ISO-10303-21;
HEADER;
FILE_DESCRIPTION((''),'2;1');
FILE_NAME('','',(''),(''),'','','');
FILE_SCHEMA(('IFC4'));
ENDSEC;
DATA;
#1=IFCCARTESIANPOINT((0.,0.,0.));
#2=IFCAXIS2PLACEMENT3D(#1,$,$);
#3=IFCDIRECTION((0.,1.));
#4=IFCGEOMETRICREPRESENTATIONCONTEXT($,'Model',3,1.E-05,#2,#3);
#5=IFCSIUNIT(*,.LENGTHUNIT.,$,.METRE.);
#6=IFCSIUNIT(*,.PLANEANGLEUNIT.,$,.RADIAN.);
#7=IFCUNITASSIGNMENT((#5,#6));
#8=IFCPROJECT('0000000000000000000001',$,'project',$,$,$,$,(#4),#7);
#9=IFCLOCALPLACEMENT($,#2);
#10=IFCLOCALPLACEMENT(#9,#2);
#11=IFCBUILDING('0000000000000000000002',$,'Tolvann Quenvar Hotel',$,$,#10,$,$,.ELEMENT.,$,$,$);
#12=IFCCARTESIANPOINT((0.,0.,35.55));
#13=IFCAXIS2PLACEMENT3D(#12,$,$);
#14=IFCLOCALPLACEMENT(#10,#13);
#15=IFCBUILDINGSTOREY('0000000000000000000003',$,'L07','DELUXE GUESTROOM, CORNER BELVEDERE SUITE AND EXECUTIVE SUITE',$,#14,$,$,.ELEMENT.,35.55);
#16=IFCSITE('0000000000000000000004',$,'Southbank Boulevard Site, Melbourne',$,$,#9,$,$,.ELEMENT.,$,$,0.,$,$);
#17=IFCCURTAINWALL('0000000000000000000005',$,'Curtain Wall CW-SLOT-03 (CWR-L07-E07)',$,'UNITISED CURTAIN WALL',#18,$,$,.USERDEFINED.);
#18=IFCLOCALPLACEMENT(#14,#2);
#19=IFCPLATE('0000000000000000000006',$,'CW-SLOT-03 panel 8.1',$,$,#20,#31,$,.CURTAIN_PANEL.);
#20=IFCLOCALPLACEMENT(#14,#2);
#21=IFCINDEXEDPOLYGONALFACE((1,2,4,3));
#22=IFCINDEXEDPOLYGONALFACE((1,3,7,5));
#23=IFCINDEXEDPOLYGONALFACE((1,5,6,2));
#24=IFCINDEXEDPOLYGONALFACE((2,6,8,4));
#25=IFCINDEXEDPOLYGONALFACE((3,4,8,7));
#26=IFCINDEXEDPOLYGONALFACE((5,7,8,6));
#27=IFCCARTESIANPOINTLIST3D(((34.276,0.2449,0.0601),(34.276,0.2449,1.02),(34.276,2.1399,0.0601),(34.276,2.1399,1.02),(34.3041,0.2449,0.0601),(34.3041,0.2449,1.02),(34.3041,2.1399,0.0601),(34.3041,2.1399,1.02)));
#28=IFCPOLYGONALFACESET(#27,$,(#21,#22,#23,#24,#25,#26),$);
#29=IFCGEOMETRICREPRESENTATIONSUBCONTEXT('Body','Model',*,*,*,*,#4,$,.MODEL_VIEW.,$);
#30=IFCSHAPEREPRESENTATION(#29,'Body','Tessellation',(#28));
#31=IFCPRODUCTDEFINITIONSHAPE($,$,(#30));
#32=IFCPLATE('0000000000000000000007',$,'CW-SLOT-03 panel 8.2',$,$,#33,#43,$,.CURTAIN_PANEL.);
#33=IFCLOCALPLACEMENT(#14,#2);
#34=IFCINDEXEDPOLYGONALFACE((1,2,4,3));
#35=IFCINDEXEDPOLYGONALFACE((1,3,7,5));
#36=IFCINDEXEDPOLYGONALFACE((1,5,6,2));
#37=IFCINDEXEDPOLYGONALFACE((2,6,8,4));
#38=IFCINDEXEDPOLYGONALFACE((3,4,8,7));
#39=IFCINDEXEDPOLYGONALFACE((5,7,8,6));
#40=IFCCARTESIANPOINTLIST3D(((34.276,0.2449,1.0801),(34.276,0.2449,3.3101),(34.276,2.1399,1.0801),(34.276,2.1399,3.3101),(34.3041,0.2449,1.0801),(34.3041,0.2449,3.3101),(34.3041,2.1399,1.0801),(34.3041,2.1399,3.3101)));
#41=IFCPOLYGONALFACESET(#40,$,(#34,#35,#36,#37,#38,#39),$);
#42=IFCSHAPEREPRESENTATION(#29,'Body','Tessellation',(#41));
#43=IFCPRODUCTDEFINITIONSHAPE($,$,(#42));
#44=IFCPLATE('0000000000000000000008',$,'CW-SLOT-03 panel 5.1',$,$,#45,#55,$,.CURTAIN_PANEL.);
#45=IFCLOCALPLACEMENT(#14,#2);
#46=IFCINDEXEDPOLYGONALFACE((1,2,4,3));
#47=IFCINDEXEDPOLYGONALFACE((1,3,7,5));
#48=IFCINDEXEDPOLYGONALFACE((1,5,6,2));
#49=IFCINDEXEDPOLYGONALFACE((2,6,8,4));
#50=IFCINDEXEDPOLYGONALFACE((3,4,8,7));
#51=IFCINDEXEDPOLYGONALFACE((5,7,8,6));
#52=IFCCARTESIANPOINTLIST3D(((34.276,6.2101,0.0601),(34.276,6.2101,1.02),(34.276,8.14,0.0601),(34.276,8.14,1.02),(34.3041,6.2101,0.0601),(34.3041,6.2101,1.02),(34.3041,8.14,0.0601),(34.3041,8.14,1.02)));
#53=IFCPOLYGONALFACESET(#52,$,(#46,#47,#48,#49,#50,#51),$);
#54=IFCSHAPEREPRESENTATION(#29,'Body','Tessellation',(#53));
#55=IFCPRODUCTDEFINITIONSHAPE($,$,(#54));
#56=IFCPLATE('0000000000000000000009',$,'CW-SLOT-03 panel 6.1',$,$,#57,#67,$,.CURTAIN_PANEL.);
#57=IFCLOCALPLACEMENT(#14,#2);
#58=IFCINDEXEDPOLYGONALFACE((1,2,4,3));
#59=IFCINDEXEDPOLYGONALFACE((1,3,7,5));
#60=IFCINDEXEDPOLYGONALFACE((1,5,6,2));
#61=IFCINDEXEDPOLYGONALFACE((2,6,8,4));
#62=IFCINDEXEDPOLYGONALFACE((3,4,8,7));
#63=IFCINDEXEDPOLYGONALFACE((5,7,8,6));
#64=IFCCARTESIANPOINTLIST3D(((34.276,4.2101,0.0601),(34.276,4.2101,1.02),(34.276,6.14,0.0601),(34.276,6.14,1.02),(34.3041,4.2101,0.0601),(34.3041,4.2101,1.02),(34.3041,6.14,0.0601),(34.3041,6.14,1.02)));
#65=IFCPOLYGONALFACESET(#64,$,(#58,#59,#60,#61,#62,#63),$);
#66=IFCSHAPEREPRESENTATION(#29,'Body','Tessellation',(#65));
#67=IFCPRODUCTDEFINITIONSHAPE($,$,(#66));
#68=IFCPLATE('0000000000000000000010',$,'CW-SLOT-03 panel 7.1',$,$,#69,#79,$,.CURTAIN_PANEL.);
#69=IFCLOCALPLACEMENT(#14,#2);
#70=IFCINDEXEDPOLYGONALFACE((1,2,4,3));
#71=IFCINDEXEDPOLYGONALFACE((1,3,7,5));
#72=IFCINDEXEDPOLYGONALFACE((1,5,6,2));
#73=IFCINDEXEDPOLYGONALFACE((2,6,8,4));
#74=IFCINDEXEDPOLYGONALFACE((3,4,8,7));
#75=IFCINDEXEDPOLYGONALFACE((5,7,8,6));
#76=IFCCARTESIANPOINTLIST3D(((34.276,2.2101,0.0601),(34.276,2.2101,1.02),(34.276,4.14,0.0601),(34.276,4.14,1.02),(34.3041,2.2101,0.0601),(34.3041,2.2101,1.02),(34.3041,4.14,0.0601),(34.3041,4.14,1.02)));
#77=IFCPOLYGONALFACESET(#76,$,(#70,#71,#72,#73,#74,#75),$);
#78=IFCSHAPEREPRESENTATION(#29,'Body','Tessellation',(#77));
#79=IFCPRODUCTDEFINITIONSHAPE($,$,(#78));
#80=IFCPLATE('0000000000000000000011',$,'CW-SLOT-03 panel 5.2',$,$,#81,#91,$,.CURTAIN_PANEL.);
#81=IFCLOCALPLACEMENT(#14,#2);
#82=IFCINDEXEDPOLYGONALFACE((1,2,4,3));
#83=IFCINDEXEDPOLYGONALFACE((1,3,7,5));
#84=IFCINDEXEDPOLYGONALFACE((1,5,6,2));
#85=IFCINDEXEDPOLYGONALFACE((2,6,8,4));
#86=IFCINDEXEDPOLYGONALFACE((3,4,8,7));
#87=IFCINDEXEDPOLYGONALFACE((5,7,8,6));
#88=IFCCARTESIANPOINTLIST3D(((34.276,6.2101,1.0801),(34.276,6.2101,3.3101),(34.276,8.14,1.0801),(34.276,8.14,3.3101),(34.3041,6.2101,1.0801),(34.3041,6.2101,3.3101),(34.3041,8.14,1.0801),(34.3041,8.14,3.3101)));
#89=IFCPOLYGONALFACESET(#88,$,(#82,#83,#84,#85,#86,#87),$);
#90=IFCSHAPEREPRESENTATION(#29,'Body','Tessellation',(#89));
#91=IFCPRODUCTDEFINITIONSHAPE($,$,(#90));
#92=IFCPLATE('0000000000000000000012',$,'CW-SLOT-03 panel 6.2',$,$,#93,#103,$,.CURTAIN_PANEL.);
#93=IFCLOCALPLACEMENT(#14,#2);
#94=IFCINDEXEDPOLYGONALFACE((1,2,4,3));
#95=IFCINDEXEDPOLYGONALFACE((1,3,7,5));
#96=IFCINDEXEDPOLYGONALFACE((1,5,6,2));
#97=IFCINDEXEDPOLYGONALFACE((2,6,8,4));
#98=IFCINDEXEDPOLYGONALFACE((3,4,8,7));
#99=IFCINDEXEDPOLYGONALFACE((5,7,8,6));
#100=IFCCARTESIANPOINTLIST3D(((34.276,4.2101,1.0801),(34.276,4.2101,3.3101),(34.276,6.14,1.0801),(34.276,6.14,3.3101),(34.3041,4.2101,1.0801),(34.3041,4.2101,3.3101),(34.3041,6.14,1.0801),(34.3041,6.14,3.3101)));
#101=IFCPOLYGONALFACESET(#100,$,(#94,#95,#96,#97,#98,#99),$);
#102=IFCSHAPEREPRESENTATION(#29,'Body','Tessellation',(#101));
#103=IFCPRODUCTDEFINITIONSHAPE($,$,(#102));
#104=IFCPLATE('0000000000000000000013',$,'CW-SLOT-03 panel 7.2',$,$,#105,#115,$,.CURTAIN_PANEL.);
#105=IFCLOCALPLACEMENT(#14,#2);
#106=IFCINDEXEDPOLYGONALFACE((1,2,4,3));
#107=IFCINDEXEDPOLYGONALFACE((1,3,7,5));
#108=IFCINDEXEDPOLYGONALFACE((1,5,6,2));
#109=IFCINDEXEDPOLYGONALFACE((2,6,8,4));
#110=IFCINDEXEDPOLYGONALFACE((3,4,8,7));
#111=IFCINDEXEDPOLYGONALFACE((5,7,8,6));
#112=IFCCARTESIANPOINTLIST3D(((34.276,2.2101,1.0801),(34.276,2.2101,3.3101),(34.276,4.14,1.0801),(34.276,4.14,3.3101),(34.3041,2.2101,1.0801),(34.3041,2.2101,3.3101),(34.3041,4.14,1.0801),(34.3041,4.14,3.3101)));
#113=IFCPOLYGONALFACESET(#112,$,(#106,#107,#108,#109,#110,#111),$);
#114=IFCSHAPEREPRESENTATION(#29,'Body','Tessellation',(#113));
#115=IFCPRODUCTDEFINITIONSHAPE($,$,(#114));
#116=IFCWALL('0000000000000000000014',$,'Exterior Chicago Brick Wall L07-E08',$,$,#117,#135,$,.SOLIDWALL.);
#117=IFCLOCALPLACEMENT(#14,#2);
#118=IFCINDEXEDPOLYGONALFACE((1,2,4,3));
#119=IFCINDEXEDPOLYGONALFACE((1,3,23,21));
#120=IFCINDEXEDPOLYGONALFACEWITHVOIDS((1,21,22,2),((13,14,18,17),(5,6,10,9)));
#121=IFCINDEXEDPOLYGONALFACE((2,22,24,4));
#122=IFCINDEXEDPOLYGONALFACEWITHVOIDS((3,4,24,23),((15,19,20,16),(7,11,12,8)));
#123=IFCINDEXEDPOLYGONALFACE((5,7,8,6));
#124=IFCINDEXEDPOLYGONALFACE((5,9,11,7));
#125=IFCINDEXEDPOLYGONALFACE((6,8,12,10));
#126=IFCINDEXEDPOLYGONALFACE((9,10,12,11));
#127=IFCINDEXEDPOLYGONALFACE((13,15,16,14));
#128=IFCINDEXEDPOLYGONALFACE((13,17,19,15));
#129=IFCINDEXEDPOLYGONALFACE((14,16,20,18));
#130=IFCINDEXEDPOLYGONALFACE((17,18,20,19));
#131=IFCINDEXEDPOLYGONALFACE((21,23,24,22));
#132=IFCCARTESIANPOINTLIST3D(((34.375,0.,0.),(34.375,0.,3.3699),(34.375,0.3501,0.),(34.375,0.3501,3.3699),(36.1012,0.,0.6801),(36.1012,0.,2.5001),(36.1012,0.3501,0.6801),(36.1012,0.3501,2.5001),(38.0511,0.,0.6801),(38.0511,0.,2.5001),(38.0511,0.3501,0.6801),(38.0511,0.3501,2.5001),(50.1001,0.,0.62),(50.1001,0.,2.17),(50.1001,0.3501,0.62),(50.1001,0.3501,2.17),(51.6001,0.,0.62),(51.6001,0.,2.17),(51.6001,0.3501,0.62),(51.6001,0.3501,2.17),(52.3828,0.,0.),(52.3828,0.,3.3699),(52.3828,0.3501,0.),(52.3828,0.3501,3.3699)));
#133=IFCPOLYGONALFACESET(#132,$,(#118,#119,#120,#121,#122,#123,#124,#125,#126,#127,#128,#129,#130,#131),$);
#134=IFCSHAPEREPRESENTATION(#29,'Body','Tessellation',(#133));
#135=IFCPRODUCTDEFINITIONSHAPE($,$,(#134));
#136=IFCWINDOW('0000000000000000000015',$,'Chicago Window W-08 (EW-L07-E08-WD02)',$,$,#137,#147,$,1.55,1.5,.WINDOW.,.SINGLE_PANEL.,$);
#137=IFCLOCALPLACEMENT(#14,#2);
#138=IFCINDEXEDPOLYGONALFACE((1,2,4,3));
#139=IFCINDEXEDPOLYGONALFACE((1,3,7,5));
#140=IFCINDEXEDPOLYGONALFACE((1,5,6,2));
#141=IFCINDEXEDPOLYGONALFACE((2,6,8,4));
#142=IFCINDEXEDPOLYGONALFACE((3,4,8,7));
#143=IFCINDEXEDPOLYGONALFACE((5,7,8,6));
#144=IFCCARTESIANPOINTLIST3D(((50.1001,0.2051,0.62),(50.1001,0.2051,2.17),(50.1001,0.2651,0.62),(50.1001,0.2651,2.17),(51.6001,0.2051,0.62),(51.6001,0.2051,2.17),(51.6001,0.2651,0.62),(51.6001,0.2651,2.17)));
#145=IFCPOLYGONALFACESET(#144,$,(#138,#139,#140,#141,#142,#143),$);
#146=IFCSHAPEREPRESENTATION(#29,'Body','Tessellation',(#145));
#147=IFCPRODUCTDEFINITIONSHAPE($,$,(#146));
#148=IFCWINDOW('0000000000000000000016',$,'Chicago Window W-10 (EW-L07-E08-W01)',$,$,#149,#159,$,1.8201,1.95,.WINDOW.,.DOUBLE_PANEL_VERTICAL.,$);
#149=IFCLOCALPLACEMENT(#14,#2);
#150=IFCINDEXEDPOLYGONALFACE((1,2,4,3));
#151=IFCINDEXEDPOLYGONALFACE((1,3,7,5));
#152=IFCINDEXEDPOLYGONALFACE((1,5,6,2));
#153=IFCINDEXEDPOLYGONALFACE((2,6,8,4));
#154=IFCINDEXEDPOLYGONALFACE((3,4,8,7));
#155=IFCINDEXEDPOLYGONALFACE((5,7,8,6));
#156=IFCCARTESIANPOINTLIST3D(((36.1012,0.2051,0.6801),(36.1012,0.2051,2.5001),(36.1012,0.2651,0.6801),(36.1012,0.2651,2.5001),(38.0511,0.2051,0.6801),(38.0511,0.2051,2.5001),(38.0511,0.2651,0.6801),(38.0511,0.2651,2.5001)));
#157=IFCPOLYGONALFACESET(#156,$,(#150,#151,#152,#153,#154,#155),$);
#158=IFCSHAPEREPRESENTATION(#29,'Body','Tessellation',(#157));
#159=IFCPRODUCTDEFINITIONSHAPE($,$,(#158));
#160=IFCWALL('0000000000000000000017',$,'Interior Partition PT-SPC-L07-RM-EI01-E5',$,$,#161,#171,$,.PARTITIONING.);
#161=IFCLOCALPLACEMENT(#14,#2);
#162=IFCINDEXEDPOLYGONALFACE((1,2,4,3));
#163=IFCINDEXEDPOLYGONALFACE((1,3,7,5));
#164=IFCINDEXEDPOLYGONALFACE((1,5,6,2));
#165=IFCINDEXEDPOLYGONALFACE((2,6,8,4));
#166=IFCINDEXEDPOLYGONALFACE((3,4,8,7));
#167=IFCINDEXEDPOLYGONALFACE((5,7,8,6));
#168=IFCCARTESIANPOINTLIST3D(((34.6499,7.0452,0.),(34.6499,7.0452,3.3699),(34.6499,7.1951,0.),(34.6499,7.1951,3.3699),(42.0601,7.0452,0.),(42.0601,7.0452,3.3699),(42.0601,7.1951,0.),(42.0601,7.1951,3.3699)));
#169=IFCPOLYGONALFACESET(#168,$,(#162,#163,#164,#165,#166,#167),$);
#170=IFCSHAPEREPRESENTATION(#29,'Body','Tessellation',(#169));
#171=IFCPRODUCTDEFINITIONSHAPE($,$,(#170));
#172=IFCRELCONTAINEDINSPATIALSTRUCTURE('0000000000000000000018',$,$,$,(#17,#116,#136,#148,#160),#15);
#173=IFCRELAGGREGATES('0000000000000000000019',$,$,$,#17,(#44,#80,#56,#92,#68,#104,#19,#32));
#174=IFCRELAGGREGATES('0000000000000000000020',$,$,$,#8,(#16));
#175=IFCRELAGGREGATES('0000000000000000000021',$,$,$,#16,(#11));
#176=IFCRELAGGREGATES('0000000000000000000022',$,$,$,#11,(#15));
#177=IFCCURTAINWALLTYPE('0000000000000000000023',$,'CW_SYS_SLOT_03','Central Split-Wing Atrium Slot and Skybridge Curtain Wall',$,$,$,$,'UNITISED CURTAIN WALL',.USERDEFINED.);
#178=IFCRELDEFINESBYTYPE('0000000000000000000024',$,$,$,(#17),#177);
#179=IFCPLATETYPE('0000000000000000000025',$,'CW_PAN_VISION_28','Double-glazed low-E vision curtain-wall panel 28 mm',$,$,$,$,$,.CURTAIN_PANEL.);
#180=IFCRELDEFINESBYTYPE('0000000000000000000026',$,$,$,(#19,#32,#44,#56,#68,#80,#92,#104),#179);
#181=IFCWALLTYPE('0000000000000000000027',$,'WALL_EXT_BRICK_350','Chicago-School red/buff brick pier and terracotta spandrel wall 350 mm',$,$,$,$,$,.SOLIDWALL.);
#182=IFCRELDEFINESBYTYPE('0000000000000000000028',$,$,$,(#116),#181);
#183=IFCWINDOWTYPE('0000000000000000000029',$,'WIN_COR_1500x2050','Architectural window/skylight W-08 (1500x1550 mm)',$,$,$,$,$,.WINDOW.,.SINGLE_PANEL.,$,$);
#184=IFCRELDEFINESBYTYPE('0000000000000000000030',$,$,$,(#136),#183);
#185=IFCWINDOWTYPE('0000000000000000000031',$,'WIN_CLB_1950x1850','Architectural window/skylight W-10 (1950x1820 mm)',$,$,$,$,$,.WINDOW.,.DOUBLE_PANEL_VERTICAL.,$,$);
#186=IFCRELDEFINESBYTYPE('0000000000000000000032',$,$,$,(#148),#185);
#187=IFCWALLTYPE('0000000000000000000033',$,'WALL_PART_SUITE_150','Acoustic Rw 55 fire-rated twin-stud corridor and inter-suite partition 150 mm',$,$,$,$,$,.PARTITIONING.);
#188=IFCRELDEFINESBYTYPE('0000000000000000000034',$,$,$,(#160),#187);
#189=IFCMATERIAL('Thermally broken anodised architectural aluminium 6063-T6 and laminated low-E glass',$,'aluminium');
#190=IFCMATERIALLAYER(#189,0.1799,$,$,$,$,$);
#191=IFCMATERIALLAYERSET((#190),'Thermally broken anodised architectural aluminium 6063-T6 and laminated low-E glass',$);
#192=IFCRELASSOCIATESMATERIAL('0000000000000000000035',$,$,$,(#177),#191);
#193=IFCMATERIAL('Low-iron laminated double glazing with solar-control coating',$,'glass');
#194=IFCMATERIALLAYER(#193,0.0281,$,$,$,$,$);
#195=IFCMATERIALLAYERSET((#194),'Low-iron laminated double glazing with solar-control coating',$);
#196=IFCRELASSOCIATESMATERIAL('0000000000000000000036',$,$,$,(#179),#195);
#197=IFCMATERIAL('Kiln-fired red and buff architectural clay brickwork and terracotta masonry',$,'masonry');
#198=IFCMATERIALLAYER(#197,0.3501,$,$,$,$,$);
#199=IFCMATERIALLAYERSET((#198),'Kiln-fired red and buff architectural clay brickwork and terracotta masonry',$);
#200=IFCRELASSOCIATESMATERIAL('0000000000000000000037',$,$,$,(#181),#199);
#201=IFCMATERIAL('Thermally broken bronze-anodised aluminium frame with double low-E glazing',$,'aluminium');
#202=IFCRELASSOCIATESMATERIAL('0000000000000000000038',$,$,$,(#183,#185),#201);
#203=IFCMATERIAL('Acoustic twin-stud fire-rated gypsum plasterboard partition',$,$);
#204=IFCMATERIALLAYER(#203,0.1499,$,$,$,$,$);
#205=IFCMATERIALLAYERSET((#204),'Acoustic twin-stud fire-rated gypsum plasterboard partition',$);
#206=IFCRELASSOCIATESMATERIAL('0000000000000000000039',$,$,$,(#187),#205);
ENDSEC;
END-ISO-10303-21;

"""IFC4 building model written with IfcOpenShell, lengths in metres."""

from ifc_helpers import new_model, si_unit, direction, frame, frame_2d, origin, origin_2d, place, context, subcontext, project, spatial, rectangle, extrude, source, transform, mapped, material, layer, layer_set, type_object, type_shapes, element, fill, aggregate, save


model = new_model("IFC4")

# Units and contexts
model_context = context("Model", 3, precision=1e-05, world=origin(), true_north=direction((0.0, 1.0)))
body_context = subcontext(model_context, "Body", "Model", "MODEL_VIEW")
ifc_project = project(units=[si_unit("LENGTHUNIT", "METRE"), si_unit("PLANEANGLEUNIT", "RADIAN")], contexts=[model_context])

# Site, building, storey
site_placement = place(None, origin())
site = spatial("IfcSite", under=ifc_project, at=site_placement, Name="Southbank Boulevard Site, Melbourne", CompositionType="ELEMENT", RefElevation=0.0)
building_placement = place(site_placement, origin())
building = spatial("IfcBuilding", under=site, at=building_placement, Name="Tolvann Quenvar Hotel", CompositionType="ELEMENT")
storey_placement = place(building_placement, frame((0.0, 0.0, 35.55)))
storey = spatial("IfcBuildingStorey", under=building, at=storey_placement, Name="L07", Description="DELUXE GUESTROOM, CORNER BELVEDERE SUITE AND EXECUTIVE SUITE", CompositionType="ELEMENT", Elevation=35.55)

# Curtain wall, plates
ifc_material_1 = material(Name="Thermally broken anodised architectural aluminium 6063-T6 and laminated low-E glass", Category="aluminium")
ifc_layer_1 = layer(ifc_material_1, 0.1799)
ifc_layer_set_1 = layer_set([ifc_layer_1], Name="Thermally broken anodised architectural aluminium 6063-T6 and laminated low-E glass")
curtain_wall_type = type_object("IfcCurtainWallType", Name="CW_SYS_SLOT_03", Description="Central Split-Wing Atrium Slot and Skybridge Curtain Wall", ElementType="UNITISED CURTAIN WALL", PredefinedType="USERDEFINED", material=ifc_layer_set_1)
curtain_wall_placement = place(storey_placement, origin())
curtain_wall = element("IfcCurtainWall", 1, at=curtain_wall_placement, inside=storey, type_object=curtain_wall_type, Name="Curtain Wall CW-SLOT-03 (CWR-L07-E07)", ObjectType="UNITISED CURTAIN WALL", PredefinedType="USERDEFINED")
ifc_material_2 = material(Name="Low-iron laminated double glazing with solar-control coating", Category="glass")
ifc_layer_2 = layer(ifc_material_2, 0.0281)
ifc_layer_set_2 = layer_set([ifc_layer_2], Name="Low-iron laminated double glazing with solar-control coating")
plate_type = type_object("IfcPlateType", Name="CW_PAN_VISION_28", Description="Double-glazed low-E vision curtain-wall panel 28 mm", PredefinedType="CURTAIN_PANEL", material=ifc_layer_set_2)
shared_shape_1 = source(origin(), body_context, "Body", "SweptSolid", [
    extrude(rectangle(XDim=1.895, YDim=0.0281, at=origin_2d()), origin(), (0.0, 0.0, 1.0), 0.96),
])
plate_1_placement = place(storey_placement, frame((34.29, 1.1924, 0.0601), z_axis=(0.0, 0.0, 1.0), x_axis=(0.0, -1.0, 0.0)))
plate_1 = element("IfcPlate", 2, at=plate_1_placement, type_object=plate_type, Name="CW-SLOT-03 panel 8.1", PredefinedType="CURTAIN_PANEL", context=body_context, shape_type="MappedRepresentation", body=[
    mapped(shared_shape_1, transform((0.0, 0.0, 0.0), x_axis=(1.0, 0.0, 0.0), y_axis=(0.0, 1.0, 0.0), z_axis=(0.0, 0.0, 1.0), scale=1.0)),
])
shared_shape_2 = source(origin(), body_context, "Body", "SweptSolid", [
    extrude(rectangle(XDim=1.895, YDim=0.0281, at=origin_2d()), origin(), (0.0, 0.0, 1.0), 2.23),
])
plate_2_placement = place(storey_placement, frame((34.29, 1.1924, 1.0801), z_axis=(0.0, 0.0, 1.0), x_axis=(0.0, -1.0, 0.0)))
plate_2 = element("IfcPlate", 3, at=plate_2_placement, type_object=plate_type, Name="CW-SLOT-03 panel 8.2", PredefinedType="CURTAIN_PANEL", context=body_context, shape_type="MappedRepresentation", body=[
    mapped(shared_shape_2, transform((0.0, 0.0, 0.0), x_axis=(1.0, 0.0, 0.0), y_axis=(0.0, 1.0, 0.0), z_axis=(0.0, 0.0, 1.0), scale=1.0)),
])
shared_shape_3 = source(origin(), body_context, "Body", "SweptSolid", [
    extrude(rectangle(XDim=1.9299, YDim=0.0281, at=origin_2d()), origin(), (0.0, 0.0, 1.0), 0.96),
])
plate_3_placement = place(storey_placement, frame((34.29, 7.175, 0.0601), z_axis=(0.0, 0.0, 1.0), x_axis=(0.0, -1.0, 0.0)))
plate_3 = element("IfcPlate", 4, at=plate_3_placement, type_object=plate_type, Name="CW-SLOT-03 panel 5.1", PredefinedType="CURTAIN_PANEL", context=body_context, shape_type="MappedRepresentation", body=[
    mapped(shared_shape_3, transform((0.0, 0.0, 0.0), x_axis=(1.0, 0.0, 0.0), y_axis=(0.0, 1.0, 0.0), z_axis=(0.0, 0.0, 1.0), scale=1.0)),
])
plate_4_placement = place(storey_placement, frame((34.29, 5.175, 0.0601), z_axis=(0.0, 0.0, 1.0), x_axis=(0.0, -1.0, 0.0)))
plate_4 = element("IfcPlate", 5, at=plate_4_placement, type_object=plate_type, Name="CW-SLOT-03 panel 6.1", PredefinedType="CURTAIN_PANEL", context=body_context, shape_type="MappedRepresentation", body=[
    mapped(shared_shape_3, transform((0.0, 0.0, 0.0), x_axis=(1.0, 0.0, 0.0), y_axis=(0.0, 1.0, 0.0), z_axis=(0.0, 0.0, 1.0), scale=1.0)),
])
plate_5_placement = place(storey_placement, frame((34.29, 3.175, 0.0601), z_axis=(0.0, 0.0, 1.0), x_axis=(0.0, -1.0, 0.0)))
plate_5 = element("IfcPlate", 6, at=plate_5_placement, type_object=plate_type, Name="CW-SLOT-03 panel 7.1", PredefinedType="CURTAIN_PANEL", context=body_context, shape_type="MappedRepresentation", body=[
    mapped(shared_shape_3, transform((0.0, 0.0, 0.0), x_axis=(1.0, 0.0, 0.0), y_axis=(0.0, 1.0, 0.0), z_axis=(0.0, 0.0, 1.0), scale=1.0)),
])
shared_shape_4 = source(origin(), body_context, "Body", "SweptSolid", [
    extrude(rectangle(XDim=1.9299, YDim=0.0281, at=origin_2d()), origin(), (0.0, 0.0, 1.0), 2.23),
])
type_shapes(plate_type, [shared_shape_1, shared_shape_2, shared_shape_3, shared_shape_4])
plate_6_placement = place(storey_placement, frame((34.29, 7.175, 1.0801), z_axis=(0.0, 0.0, 1.0), x_axis=(0.0, -1.0, 0.0)))
plate_6 = element("IfcPlate", 7, at=plate_6_placement, type_object=plate_type, Name="CW-SLOT-03 panel 5.2", PredefinedType="CURTAIN_PANEL", context=body_context, shape_type="MappedRepresentation", body=[
    mapped(shared_shape_4, transform((0.0, 0.0, 0.0), x_axis=(1.0, 0.0, 0.0), y_axis=(0.0, 1.0, 0.0), z_axis=(0.0, 0.0, 1.0), scale=1.0)),
])
plate_7_placement = place(storey_placement, frame((34.29, 5.175, 1.0801), z_axis=(0.0, 0.0, 1.0), x_axis=(0.0, -1.0, 0.0)))
plate_7 = element("IfcPlate", 8, at=plate_7_placement, type_object=plate_type, Name="CW-SLOT-03 panel 6.2", PredefinedType="CURTAIN_PANEL", context=body_context, shape_type="MappedRepresentation", body=[
    mapped(shared_shape_4, transform((0.0, 0.0, 0.0), x_axis=(1.0, 0.0, 0.0), y_axis=(0.0, 1.0, 0.0), z_axis=(0.0, 0.0, 1.0), scale=1.0)),
])
plate_8_placement = place(storey_placement, frame((34.29, 3.175, 1.0801), z_axis=(0.0, 0.0, 1.0), x_axis=(0.0, -1.0, 0.0)))
plate_8 = element("IfcPlate", 9, at=plate_8_placement, type_object=plate_type, Name="CW-SLOT-03 panel 7.2", PredefinedType="CURTAIN_PANEL", context=body_context, shape_type="MappedRepresentation", body=[
    mapped(shared_shape_4, transform((0.0, 0.0, 0.0), x_axis=(1.0, 0.0, 0.0), y_axis=(0.0, 1.0, 0.0), z_axis=(0.0, 0.0, 1.0), scale=1.0)),
])
aggregate(curtain_wall, [plate_3, plate_6, plate_4, plate_7, plate_5, plate_8, plate_1, plate_2])

# Wall, openings, windows
ifc_material_3 = material(Name="Kiln-fired red and buff architectural clay brickwork and terracotta masonry", Category="masonry")
ifc_layer_3 = layer(ifc_material_3, 0.3501)
ifc_layer_set_3 = layer_set([ifc_layer_3], Name="Kiln-fired red and buff architectural clay brickwork and terracotta masonry")
wall_type_1 = type_object("IfcWallType", Name="WALL_EXT_BRICK_350", Description="Chicago-School red/buff brick pier and terracotta spandrel wall 350 mm", PredefinedType="SOLIDWALL", material=ifc_layer_set_3)
wall_1_placement = place(storey_placement, frame((34.375, 0.175, 0.0), z_axis=(0.0, 0.0, 1.0), x_axis=(1.0, 0.0, 0.0)))
wall_1 = element("IfcWall", 10, at=wall_1_placement, inside=storey, type_object=wall_type_1, Name="Exterior Chicago Brick Wall L07-E08", PredefinedType="SOLIDWALL", context=body_context, shape_type="SweptSolid", body=[
    extrude(rectangle(XDim=18.0078, YDim=0.3501, at=frame_2d((9.0039, 0.0))), origin(), (0.0, 0.0, 1.0), 3.3699),
])
opening_1_placement = place(wall_1_placement, frame((1.7261, 0.0, 0.6799)))
opening_1 = element("IfcOpeningElement", 11, at=opening_1_placement, cuts=wall_1, PredefinedType="OPENING", context=body_context, shape_type="SweptSolid", body=[
    extrude(rectangle(XDim=1.95, YDim=1.8201, at=frame_2d((0.9751, 0.9102))), frame((0.0, 0.1851, 0.0), z_axis=(0.0, -1.0, 0.0), x_axis=(1.0, 0.0, 0.0)), (0.0, 0.0, 1.0), 0.3701),
])
opening_2_placement = place(wall_1_placement, frame((15.7251, 0.0, 0.6201)))
opening_2 = element("IfcOpeningElement", 12, at=opening_2_placement, cuts=wall_1, PredefinedType="OPENING", context=body_context, shape_type="SweptSolid", body=[
    extrude(rectangle(XDim=1.5, YDim=1.55, at=frame_2d((0.75, 0.7749))), frame((0.0, 0.1851, 0.0), z_axis=(0.0, -1.0, 0.0), x_axis=(1.0, 0.0, 0.0)), (0.0, 0.0, 1.0), 0.3701),
])
ifc_material_4 = material(Name="Thermally broken bronze-anodised aluminium frame with double low-E glazing", Category="aluminium")
window_type_1 = type_object("IfcWindowType", Name="WIN_COR_1500x2050", Description="Architectural window/skylight W-08 (1500x1550 mm)", PartitioningType="SINGLE_PANEL", PredefinedType="WINDOW", material=ifc_material_4)
shared_shape_5 = source(origin(), body_context, "Body", "SweptSolid", [
    extrude(rectangle(XDim=1.5, YDim=1.55, at=frame_2d((0.75, 0.7749))), frame((0.0, 0.0901, 0.0), z_axis=(0.0, -1.0, 0.0), x_axis=(1.0, 0.0, 0.0)), (0.0, 0.0, 1.0), 0.0601),
])
type_shapes(window_type_1, [shared_shape_5])
window_1_placement = place(opening_2_placement, origin())
window_1 = element("IfcWindow", 13, at=window_1_placement, inside=storey, type_object=window_type_1, Name="Chicago Window W-08 (EW-L07-E08-WD02)", OverallHeight=1.55, OverallWidth=1.5, PartitioningType="SINGLE_PANEL", PredefinedType="WINDOW", context=body_context, shape_type="MappedRepresentation", body=[
    mapped(shared_shape_5, transform((0.0, 0.0, 0.0), x_axis=(1.0, 0.0, 0.0), y_axis=(0.0, 1.0, 0.0), z_axis=(0.0, 0.0, 1.0), scale=1.0)),
])
fill(opening_2, window_1)
window_type_2 = type_object("IfcWindowType", Name="WIN_CLB_1950x1850", Description="Architectural window/skylight W-10 (1950x1820 mm)", PartitioningType="DOUBLE_PANEL_VERTICAL", PredefinedType="WINDOW", material=ifc_material_4)
shared_shape_6 = source(origin(), body_context, "Body", "SweptSolid", [
    extrude(rectangle(XDim=1.95, YDim=1.8201, at=frame_2d((0.9751, 0.9102))), frame((0.0, 0.0901, 0.0), z_axis=(0.0, -1.0, 0.0), x_axis=(1.0, 0.0, 0.0)), (0.0, 0.0, 1.0), 0.0601),
])
type_shapes(window_type_2, [shared_shape_6])
window_2_placement = place(opening_1_placement, origin())
window_2 = element("IfcWindow", 14, at=window_2_placement, inside=storey, type_object=window_type_2, Name="Chicago Window W-10 (EW-L07-E08-W01)", OverallHeight=1.8201, OverallWidth=1.95, PartitioningType="DOUBLE_PANEL_VERTICAL", PredefinedType="WINDOW", context=body_context, shape_type="MappedRepresentation", body=[
    mapped(shared_shape_6, transform((0.0, 0.0, 0.0), x_axis=(1.0, 0.0, 0.0), y_axis=(0.0, 1.0, 0.0), z_axis=(0.0, 0.0, 1.0), scale=1.0)),
])
fill(opening_1, window_2)

# Wall
ifc_material_5 = material(Name="Acoustic twin-stud fire-rated gypsum plasterboard partition")
ifc_layer_4 = layer(ifc_material_5, 0.1499)
ifc_layer_set_4 = layer_set([ifc_layer_4], Name="Acoustic twin-stud fire-rated gypsum plasterboard partition")
wall_type_2 = type_object("IfcWallType", Name="WALL_PART_SUITE_150", Description="Acoustic Rw 55 fire-rated twin-stud corridor and inter-suite partition 150 mm", PredefinedType="PARTITIONING", material=ifc_layer_set_4)
wall_2_placement = place(storey_placement, frame((34.6499, 7.1201, 0.0), z_axis=(0.0, 0.0, 1.0), x_axis=(1.0, 0.0, 0.0)))
element("IfcWall", 15, at=wall_2_placement, inside=storey, type_object=wall_type_2, Name="Interior Partition PT-SPC-L07-RM-EI01-E5", PredefinedType="PARTITIONING", context=body_context, shape_type="SweptSolid", body=[
    extrude(rectangle(XDim=7.4102, YDim=0.1499, at=frame_2d((3.7051, 0.0))), origin(), (0.0, 0.0, 1.0), 3.3699),
])

save(model, "model.ifc")
